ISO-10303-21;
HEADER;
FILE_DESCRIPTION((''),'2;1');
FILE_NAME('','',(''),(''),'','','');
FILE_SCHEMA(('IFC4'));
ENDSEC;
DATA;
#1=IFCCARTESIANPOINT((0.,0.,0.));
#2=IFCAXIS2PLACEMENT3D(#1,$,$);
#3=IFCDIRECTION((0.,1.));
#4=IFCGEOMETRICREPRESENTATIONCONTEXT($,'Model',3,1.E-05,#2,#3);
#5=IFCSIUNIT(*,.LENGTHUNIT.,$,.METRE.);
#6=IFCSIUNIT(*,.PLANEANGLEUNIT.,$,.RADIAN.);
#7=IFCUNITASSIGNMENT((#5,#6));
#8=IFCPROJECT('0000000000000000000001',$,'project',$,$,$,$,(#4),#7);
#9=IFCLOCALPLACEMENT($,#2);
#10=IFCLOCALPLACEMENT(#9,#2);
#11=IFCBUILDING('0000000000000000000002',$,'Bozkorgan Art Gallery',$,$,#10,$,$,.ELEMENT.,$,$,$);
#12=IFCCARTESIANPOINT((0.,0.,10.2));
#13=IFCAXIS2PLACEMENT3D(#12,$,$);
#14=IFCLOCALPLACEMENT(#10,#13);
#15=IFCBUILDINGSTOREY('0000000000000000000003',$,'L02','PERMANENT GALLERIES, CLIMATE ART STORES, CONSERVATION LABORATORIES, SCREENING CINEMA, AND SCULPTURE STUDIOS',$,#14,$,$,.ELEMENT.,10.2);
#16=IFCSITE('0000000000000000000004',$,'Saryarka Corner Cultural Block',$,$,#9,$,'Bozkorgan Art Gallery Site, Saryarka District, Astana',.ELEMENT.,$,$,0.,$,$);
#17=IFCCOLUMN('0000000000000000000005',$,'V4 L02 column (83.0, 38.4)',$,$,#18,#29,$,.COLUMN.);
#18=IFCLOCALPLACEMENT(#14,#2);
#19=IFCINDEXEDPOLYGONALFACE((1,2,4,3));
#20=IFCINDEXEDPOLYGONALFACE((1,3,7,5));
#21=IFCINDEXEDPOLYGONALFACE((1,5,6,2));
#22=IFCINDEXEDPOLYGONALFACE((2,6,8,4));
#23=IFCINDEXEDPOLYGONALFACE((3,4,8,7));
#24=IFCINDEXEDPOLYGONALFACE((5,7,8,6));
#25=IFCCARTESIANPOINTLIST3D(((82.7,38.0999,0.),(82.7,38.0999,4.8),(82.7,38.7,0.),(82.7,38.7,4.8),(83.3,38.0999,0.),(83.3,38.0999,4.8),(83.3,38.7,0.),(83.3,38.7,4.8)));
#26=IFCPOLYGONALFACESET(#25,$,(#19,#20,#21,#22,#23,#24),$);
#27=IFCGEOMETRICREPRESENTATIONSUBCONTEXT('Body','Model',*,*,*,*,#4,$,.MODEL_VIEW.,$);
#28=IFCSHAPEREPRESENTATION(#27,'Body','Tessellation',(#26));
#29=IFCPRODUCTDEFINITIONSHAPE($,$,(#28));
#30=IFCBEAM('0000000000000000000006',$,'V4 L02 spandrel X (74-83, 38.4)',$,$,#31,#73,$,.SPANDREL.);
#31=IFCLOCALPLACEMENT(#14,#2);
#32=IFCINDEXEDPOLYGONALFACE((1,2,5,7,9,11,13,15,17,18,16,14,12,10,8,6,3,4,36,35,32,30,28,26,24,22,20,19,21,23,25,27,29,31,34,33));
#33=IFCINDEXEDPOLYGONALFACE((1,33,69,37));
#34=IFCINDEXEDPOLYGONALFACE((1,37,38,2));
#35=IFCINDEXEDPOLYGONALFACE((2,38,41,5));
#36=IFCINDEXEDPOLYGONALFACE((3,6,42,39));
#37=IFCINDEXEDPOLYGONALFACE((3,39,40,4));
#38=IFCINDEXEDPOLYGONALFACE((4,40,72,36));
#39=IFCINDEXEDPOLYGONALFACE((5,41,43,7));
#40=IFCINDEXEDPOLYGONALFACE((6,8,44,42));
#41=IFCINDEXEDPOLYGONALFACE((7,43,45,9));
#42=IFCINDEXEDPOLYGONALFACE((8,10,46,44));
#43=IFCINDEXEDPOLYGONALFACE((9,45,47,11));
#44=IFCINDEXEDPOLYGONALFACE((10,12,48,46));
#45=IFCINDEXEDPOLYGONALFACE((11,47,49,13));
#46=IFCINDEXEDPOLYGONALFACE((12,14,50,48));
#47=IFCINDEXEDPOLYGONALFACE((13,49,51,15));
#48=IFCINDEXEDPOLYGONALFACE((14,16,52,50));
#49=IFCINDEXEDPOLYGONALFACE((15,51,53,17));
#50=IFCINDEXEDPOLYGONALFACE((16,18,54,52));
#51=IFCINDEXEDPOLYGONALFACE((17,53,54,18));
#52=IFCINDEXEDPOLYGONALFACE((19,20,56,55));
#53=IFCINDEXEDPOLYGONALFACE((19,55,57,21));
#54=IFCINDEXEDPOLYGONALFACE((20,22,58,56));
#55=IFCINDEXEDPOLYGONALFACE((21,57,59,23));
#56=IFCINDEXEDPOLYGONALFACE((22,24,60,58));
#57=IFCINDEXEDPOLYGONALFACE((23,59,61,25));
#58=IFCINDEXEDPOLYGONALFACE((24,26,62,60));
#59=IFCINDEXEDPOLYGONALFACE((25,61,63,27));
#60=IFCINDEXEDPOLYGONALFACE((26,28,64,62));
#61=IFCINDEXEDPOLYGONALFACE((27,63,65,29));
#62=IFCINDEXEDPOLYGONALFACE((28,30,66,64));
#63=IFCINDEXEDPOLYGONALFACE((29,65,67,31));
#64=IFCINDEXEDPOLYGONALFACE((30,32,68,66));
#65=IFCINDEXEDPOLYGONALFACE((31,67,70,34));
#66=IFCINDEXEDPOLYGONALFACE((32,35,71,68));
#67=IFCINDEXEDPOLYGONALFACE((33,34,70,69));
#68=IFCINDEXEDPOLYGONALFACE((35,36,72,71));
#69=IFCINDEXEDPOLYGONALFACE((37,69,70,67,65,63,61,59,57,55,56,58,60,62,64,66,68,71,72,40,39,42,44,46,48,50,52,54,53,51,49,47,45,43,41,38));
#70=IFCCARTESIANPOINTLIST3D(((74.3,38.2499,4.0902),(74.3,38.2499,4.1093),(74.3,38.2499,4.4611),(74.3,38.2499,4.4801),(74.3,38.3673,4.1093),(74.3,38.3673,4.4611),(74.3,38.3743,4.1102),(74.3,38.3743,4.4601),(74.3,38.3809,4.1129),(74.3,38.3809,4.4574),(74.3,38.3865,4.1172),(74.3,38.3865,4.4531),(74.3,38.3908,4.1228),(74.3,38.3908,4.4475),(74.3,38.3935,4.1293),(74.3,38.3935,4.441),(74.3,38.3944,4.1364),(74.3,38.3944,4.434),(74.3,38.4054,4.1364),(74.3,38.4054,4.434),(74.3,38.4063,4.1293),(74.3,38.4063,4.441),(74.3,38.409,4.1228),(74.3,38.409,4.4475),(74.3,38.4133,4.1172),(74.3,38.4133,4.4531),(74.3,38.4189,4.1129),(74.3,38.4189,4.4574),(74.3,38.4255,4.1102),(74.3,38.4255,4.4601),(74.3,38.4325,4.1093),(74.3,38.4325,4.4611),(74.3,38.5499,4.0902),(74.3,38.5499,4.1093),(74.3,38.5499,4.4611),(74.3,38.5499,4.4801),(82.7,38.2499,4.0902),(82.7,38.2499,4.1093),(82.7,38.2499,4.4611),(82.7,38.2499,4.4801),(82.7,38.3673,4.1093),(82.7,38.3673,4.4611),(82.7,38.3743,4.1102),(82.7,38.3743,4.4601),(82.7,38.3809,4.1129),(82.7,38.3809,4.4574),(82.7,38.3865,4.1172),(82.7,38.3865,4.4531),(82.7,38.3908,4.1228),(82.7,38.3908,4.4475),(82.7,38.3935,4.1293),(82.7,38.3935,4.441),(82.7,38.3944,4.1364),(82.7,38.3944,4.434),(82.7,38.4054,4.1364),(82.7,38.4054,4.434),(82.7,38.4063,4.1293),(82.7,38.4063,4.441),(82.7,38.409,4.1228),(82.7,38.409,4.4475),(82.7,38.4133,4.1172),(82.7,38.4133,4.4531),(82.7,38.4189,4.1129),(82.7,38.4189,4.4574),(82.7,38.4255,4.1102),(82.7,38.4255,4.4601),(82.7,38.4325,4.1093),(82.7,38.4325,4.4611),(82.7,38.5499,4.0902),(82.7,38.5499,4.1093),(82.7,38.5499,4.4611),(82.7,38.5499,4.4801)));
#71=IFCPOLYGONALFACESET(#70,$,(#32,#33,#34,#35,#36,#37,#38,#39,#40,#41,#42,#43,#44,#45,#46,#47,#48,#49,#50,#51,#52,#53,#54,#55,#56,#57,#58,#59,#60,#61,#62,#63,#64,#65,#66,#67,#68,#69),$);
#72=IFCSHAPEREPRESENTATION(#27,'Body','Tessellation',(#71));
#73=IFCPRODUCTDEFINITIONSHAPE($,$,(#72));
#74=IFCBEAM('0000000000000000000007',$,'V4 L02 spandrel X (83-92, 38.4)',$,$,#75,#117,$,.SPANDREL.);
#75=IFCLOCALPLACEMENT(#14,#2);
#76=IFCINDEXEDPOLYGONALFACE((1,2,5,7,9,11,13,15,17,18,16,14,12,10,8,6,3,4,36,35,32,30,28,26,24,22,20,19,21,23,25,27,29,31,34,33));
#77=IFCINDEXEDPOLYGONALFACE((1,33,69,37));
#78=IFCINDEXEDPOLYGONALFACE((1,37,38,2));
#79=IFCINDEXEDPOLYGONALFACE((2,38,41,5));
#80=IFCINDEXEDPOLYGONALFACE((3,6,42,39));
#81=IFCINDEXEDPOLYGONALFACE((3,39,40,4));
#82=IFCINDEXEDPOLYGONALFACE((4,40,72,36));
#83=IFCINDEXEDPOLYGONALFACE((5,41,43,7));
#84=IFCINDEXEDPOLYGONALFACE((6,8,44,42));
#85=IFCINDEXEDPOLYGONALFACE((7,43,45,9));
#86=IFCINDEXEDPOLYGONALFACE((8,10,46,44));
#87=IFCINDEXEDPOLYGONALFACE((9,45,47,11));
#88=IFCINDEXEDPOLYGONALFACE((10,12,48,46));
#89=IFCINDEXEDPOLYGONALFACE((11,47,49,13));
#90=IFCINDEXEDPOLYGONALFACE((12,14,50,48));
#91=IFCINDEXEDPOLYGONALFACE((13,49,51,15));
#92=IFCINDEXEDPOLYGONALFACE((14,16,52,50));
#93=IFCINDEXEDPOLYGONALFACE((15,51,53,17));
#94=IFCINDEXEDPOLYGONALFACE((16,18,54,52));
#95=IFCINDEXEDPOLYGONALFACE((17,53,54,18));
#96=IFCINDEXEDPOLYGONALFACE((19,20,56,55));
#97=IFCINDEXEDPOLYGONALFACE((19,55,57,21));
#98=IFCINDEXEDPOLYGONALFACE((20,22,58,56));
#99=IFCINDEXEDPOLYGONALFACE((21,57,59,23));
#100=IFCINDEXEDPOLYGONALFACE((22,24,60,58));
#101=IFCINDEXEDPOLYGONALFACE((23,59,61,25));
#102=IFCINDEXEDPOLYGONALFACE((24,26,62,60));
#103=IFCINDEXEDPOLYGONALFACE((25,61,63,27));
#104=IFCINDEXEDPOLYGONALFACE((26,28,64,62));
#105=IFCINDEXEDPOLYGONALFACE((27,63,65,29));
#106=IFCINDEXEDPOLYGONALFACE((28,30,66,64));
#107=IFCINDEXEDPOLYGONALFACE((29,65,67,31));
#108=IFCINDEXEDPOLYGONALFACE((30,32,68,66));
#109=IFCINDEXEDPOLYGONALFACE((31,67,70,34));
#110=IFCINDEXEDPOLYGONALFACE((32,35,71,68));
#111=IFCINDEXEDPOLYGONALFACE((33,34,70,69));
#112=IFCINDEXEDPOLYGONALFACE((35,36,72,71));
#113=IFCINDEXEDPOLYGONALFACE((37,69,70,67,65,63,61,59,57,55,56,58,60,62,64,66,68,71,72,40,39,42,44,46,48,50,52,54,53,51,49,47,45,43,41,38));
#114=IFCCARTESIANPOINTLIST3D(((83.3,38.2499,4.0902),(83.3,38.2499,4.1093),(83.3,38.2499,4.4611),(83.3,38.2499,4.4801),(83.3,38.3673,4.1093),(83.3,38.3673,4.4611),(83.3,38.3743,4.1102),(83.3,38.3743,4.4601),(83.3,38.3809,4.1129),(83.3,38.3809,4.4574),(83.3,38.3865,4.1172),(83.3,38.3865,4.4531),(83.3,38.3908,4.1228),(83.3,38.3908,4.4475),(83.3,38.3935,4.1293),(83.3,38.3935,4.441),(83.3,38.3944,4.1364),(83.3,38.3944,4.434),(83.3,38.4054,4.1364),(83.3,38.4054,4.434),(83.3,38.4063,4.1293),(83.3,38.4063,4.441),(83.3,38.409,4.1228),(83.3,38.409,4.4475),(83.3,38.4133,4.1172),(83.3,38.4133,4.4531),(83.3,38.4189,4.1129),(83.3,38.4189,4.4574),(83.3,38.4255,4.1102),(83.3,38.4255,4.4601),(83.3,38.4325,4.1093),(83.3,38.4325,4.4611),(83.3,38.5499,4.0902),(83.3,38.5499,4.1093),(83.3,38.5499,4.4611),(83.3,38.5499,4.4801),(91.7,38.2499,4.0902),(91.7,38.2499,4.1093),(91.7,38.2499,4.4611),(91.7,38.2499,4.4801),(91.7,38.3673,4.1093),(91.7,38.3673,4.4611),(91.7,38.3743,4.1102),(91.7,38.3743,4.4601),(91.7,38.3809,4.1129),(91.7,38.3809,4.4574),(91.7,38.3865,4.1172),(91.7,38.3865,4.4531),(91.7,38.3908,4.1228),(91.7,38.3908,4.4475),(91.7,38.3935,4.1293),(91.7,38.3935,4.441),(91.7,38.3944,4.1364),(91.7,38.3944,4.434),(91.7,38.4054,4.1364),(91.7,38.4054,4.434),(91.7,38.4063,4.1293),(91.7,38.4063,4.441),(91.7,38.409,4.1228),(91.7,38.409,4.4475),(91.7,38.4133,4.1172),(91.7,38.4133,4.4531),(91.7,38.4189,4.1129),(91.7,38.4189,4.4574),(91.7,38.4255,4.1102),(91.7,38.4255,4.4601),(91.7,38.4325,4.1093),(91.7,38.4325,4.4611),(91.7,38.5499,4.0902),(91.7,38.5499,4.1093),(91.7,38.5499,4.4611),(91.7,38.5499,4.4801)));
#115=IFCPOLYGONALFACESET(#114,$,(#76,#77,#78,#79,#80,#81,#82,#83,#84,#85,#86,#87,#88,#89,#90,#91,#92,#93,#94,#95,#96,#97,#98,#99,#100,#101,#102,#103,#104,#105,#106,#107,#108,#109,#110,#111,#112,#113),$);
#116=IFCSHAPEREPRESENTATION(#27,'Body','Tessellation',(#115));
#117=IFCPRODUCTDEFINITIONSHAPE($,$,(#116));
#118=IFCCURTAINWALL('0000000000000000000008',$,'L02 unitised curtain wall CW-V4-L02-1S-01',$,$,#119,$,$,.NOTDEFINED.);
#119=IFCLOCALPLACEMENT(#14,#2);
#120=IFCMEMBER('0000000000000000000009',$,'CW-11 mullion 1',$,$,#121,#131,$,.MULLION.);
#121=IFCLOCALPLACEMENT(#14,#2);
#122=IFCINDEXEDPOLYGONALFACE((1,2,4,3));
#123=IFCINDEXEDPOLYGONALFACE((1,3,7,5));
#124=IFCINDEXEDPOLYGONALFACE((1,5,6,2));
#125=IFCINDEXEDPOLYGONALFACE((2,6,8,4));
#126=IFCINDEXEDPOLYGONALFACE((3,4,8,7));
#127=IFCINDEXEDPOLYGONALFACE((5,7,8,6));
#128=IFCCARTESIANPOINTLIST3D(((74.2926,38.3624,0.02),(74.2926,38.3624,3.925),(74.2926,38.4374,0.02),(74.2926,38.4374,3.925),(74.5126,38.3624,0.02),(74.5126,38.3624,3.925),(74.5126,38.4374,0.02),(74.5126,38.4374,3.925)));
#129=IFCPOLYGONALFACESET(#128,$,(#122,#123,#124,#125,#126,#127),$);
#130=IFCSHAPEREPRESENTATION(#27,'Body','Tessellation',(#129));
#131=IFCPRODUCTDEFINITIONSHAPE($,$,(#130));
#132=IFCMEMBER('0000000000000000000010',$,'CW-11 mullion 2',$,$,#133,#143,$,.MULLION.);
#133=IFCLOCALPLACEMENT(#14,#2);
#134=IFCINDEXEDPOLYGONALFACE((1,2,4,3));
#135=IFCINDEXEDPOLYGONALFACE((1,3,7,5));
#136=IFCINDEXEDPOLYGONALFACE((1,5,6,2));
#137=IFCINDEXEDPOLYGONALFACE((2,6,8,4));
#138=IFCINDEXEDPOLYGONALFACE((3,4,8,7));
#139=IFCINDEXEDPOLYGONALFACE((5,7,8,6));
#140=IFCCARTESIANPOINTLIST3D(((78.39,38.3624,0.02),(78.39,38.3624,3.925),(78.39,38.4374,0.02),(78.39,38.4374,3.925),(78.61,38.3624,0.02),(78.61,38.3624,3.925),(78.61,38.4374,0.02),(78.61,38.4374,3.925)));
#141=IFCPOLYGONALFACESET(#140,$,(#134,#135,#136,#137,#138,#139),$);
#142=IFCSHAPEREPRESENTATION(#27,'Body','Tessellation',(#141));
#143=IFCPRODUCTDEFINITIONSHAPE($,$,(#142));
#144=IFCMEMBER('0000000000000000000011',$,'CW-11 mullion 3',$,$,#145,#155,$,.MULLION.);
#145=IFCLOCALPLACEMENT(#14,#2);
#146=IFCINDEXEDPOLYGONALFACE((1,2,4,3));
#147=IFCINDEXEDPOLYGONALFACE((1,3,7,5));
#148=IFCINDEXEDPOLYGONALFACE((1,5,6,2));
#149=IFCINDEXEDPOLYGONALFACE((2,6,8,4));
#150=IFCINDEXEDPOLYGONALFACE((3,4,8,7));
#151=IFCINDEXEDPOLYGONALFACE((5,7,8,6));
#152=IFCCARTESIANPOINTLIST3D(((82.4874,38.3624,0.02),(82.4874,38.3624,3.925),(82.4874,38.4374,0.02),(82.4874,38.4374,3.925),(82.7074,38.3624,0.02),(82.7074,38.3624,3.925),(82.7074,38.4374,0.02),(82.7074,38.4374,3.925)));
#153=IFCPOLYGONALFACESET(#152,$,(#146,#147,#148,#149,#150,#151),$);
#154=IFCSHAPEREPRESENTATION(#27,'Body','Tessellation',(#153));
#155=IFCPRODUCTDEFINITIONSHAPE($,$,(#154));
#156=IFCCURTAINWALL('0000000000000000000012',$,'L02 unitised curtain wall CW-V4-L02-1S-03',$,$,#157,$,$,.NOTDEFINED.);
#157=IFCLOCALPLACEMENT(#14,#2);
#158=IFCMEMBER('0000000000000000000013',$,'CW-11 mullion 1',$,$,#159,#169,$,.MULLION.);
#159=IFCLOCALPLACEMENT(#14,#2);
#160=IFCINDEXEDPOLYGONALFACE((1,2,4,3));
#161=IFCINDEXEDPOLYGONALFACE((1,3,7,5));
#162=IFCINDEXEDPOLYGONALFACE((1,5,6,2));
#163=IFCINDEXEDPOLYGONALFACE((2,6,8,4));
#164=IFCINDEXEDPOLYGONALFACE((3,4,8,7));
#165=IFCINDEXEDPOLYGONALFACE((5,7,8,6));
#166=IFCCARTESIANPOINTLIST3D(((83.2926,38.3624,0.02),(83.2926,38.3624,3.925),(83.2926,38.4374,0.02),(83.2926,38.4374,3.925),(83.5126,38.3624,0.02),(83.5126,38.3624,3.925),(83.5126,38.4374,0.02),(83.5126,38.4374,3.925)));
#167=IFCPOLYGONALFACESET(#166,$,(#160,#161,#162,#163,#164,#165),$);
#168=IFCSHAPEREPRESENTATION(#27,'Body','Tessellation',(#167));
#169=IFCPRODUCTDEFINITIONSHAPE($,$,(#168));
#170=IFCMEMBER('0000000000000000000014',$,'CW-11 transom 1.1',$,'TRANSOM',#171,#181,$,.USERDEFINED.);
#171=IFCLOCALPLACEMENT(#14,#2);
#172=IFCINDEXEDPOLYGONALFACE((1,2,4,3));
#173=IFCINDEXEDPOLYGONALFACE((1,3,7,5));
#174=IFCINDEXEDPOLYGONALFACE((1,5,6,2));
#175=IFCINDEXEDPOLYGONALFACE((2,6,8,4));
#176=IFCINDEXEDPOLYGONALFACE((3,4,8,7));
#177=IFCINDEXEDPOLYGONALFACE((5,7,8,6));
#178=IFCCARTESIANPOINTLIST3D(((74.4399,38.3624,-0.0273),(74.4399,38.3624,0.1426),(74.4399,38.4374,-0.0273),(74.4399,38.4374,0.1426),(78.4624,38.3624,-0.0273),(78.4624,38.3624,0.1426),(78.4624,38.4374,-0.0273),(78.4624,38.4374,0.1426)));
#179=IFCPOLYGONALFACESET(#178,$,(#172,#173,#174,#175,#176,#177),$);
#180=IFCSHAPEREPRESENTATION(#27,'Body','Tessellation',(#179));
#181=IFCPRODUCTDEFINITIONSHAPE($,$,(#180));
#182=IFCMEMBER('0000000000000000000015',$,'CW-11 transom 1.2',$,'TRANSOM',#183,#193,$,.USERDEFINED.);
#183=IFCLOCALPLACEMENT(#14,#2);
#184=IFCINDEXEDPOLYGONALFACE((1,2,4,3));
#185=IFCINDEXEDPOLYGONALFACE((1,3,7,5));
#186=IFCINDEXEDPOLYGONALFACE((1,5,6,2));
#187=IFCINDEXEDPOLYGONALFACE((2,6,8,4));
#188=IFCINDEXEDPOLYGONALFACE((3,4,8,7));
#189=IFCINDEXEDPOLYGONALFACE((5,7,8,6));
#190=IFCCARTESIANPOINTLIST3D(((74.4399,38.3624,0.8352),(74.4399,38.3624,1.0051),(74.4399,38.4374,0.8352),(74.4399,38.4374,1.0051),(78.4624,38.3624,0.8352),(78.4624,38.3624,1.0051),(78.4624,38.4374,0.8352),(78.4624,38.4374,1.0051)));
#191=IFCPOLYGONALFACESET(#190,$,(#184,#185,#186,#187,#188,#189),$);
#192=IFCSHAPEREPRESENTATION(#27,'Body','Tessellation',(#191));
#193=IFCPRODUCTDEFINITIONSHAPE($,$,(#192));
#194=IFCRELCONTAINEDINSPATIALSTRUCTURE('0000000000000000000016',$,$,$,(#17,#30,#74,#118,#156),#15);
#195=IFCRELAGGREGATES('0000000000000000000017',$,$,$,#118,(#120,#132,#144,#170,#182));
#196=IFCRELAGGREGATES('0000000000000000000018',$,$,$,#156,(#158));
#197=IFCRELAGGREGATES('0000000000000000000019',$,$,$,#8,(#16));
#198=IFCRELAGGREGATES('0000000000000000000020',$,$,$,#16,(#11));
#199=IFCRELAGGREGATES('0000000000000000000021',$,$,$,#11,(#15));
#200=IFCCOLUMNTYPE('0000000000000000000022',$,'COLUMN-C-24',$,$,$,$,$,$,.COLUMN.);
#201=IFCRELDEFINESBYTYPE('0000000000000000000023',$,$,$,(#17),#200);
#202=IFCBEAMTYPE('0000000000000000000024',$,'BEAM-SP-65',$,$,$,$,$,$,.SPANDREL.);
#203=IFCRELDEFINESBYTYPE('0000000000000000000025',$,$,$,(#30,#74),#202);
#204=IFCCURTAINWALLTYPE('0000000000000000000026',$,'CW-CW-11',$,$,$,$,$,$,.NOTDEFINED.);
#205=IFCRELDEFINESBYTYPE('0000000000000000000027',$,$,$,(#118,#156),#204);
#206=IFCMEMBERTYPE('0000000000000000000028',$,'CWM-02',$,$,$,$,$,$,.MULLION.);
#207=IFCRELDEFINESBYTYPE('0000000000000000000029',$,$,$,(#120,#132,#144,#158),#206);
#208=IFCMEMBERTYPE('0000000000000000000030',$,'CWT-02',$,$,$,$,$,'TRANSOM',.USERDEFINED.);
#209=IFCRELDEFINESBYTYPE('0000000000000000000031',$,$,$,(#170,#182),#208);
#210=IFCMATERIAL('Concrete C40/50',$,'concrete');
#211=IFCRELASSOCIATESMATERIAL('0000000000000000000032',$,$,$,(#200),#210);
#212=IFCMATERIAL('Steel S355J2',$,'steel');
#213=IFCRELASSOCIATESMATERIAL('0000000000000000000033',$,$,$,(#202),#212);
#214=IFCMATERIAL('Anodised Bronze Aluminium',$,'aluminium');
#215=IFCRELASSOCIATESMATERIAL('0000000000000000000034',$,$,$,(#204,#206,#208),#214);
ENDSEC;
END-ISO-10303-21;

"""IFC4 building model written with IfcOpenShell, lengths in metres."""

from ifc_helpers import new_model, si_unit, direction, frame, origin, origin_2d, place, context, subcontext, project, spatial, rectangle, i_section, extrude, material, material_profile, profile_set, type_object, element, aggregate, save


model = new_model("IFC4")

# Units and contexts
model_context = context("Model", 3, precision=1e-05, world=origin(), true_north=direction((0.0, 1.0)))
body_context = subcontext(model_context, "Body", "Model", "MODEL_VIEW")
ifc_project = project(units=[si_unit("LENGTHUNIT", "METRE"), si_unit("PLANEANGLEUNIT", "RADIAN")], contexts=[model_context])

# Site, building, storey
site_placement = place(None, origin())
site = spatial("IfcSite", under=ifc_project, at=site_placement, Name="Saryarka Corner Cultural Block", LongName="Bozkorgan Art Gallery Site, Saryarka District, Astana", CompositionType="ELEMENT", RefElevation=0.0)
building_placement = place(site_placement, origin())
building = spatial("IfcBuilding", under=site, at=building_placement, Name="Bozkorgan Art Gallery", CompositionType="ELEMENT")
storey_placement = place(building_placement, frame((0.0, 0.0, 10.2)))
storey = spatial("IfcBuildingStorey", under=building, at=storey_placement, Name="L02", Description="PERMANENT GALLERIES, CLIMATE ART STORES, CONSERVATION LABORATORIES, SCREENING CINEMA, AND SCULPTURE STUDIOS", CompositionType="ELEMENT", Elevation=10.2)

# Column
ifc_material_1 = material(Name="Concrete C40/50", Category="concrete")
ifc_material_profile_1 = material_profile(ifc_material_1, rectangle(XDim=0.6001, YDim=0.6001, at=origin_2d()), Name="RC 600x600")
ifc_profile_set_1 = profile_set([ifc_material_profile_1], Name="Concrete C40/50")
column_type = type_object("IfcColumnType", Name="COLUMN-C-24", PredefinedType="COLUMN", material=ifc_profile_set_1)
column_placement = place(storey_placement, frame((83.0, 38.3999, 0.0), z_axis=(0.0, 0.0, 1.0), x_axis=(1.0, 0.0, 0.0)))
element("IfcColumn", 1, at=column_placement, inside=storey, type_object=column_type, Name="V4 L02 column (83.0, 38.4)", PredefinedType="COLUMN", context=body_context, shape_type="SweptSolid", body=[
    extrude(rectangle(XDim=0.6001, YDim=0.6001, at=origin_2d()), origin(), (0.0, 0.0, 1.0), 4.8),
])

# Beams
ifc_material_2 = material(Name="Steel S355J2", Category="steel")
ifc_material_profile_2 = material_profile(ifc_material_2, i_section(OverallWidth=0.3, OverallDepth=0.3899, WebThickness=0.011, FlangeThickness=0.019, FilletRadius=0.0271, at=origin_2d()), Name="HEA 400")
ifc_profile_set_2 = profile_set([ifc_material_profile_2], Name="Steel S355J2")
beam_type = type_object("IfcBeamType", Name="BEAM-SP-65", PredefinedType="SPANDREL", material=ifc_profile_set_2)
for number, where, z_axis, x_axis, name in (
    (2, (74.3, 38.3999, 4.2852), (1.0, 0.0, 0.0), (0.0, 1.0, 0.0), "V4 L02 spandrel X (74-83, 38.4)"),
    (3, (83.3, 38.3999, 4.2852), (1.0, 0.0, 0.0), (0.0, 1.0, 0.0), "V4 L02 spandrel X (83-92, 38.4)"),
):
    element("IfcBeam", number, at=place(storey_placement, frame(where, z_axis=z_axis, x_axis=x_axis)), inside=storey, type_object=beam_type, Name=name, PredefinedType="SPANDREL", context=body_context, shape_type="SweptSolid", body=[
        extrude(i_section(OverallWidth=0.3, OverallDepth=0.3899, WebThickness=0.011, FlangeThickness=0.019, FilletRadius=0.0271, at=origin_2d()), origin(), (0.0, 0.0, 1.0), 8.3999),
    ])

# Curtain wall, members
ifc_material_3 = material(Name="Anodised Bronze Aluminium", Category="aluminium")
curtain_wall_type = type_object("IfcCurtainWallType", Name="CW-CW-11", PredefinedType="NOTDEFINED", material=ifc_material_3)
curtain_wall_1_placement = place(storey_placement, origin())
curtain_wall_1 = element("IfcCurtainWall", 4, at=curtain_wall_1_placement, inside=storey, type_object=curtain_wall_type, Name="L02 unitised curtain wall CW-V4-L02-1S-01", PredefinedType="NOTDEFINED")
ifc_material_profile_3 = material_profile(ifc_material_3, rectangle(XDim=0.075, YDim=0.22, at=origin_2d()), Name="ALU MULLION 75x220")
ifc_profile_set_3 = profile_set([ifc_material_profile_3], Name="Anodised Bronze Aluminium")
member_type_1 = type_object("IfcMemberType", Name="CWM-02", PredefinedType="MULLION", material=ifc_profile_set_3)
member_1_placement = place(storey_placement, frame((74.4026, 38.3999, 0.02), z_axis=(0.0, 0.0, 1.0), x_axis=(0.0, 1.0, 0.0)))
member_1 = element("IfcMember", 5, at=member_1_placement, type_object=member_type_1, Name="CW-11 mullion 1", PredefinedType="MULLION", context=body_context, shape_type="SweptSolid", body=[
    extrude(rectangle(XDim=0.075, YDim=0.22, at=origin_2d()), origin(), (0.0, 0.0, 1.0), 3.905),
])
member_2_placement = place(storey_placement, frame((78.5, 38.3999, 0.02), z_axis=(0.0, 0.0, 1.0), x_axis=(0.0, 1.0, 0.0)))
member_2 = element("IfcMember", 6, at=member_2_placement, type_object=member_type_1, Name="CW-11 mullion 2", PredefinedType="MULLION", context=body_context, shape_type="SweptSolid", body=[
    extrude(rectangle(XDim=0.075, YDim=0.22, at=origin_2d()), origin(), (0.0, 0.0, 1.0), 3.905),
])
member_3_placement = place(storey_placement, frame((82.5974, 38.3999, 0.02), z_axis=(0.0, 0.0, 1.0), x_axis=(0.0, 1.0, 0.0)))
member_3 = element("IfcMember", 7, at=member_3_placement, type_object=member_type_1, Name="CW-11 mullion 3", PredefinedType="MULLION", context=body_context, shape_type="SweptSolid", body=[
    extrude(rectangle(XDim=0.075, YDim=0.22, at=origin_2d()), origin(), (0.0, 0.0, 1.0), 3.905),
])

# Curtain wall, member
curtain_wall_2_placement = place(storey_placement, origin())
curtain_wall_2 = element("IfcCurtainWall", 8, at=curtain_wall_2_placement, inside=storey, type_object=curtain_wall_type, Name="L02 unitised curtain wall CW-V4-L02-1S-03", PredefinedType="NOTDEFINED")
member_4_placement = place(storey_placement, frame((83.4026, 38.3999, 0.02), z_axis=(0.0, 0.0, 1.0), x_axis=(0.0, 1.0, 0.0)))
member_4 = element("IfcMember", 9, at=member_4_placement, type_object=member_type_1, Name="CW-11 mullion 1", PredefinedType="MULLION", context=body_context, shape_type="SweptSolid", body=[
    extrude(rectangle(XDim=0.075, YDim=0.22, at=origin_2d()), origin(), (0.0, 0.0, 1.0), 3.905),
])

# Members
ifc_material_profile_4 = material_profile(ifc_material_3, rectangle(XDim=0.075, YDim=0.1699, at=origin_2d()), Name="ALU TRANSOM 75x170")
ifc_profile_set_4 = profile_set([ifc_material_profile_4], Name="Anodised Bronze Aluminium")
member_type_2 = type_object("IfcMemberType", Name="CWT-02", ElementType="TRANSOM", PredefinedType="USERDEFINED", material=ifc_profile_set_4)
member_5_placement = place(storey_placement, frame((74.4399, 38.3999, 0.0576), z_axis=(1.0, 0.0, 0.0), x_axis=(0.0, 1.0, 0.0)))
member_5 = element("IfcMember", 10, at=member_5_placement, type_object=member_type_2, Name="CW-11 transom 1.1", ObjectType="TRANSOM", PredefinedType="USERDEFINED", context=body_context, shape_type="SweptSolid", body=[
    extrude(rectangle(XDim=0.075, YDim=0.1699, at=origin_2d()), origin(), (0.0, 0.0, 1.0), 4.0225),
])
member_6_placement = place(storey_placement, frame((74.4399, 38.3999, 0.9202), z_axis=(1.0, 0.0, 0.0), x_axis=(0.0, 1.0, 0.0)))
member_6 = element("IfcMember", 11, at=member_6_placement, type_object=member_type_2, Name="CW-11 transom 1.2", ObjectType="TRANSOM", PredefinedType="USERDEFINED", context=body_context, shape_type="SweptSolid", body=[
    extrude(rectangle(XDim=0.075, YDim=0.1699, at=origin_2d()), origin(), (0.0, 0.0, 1.0), 4.0225),
])

aggregate(curtain_wall_1, [member_1, member_2, member_3, member_5, member_6])
aggregate(curtain_wall_2, [member_4])

save(model, "model.ifc")
